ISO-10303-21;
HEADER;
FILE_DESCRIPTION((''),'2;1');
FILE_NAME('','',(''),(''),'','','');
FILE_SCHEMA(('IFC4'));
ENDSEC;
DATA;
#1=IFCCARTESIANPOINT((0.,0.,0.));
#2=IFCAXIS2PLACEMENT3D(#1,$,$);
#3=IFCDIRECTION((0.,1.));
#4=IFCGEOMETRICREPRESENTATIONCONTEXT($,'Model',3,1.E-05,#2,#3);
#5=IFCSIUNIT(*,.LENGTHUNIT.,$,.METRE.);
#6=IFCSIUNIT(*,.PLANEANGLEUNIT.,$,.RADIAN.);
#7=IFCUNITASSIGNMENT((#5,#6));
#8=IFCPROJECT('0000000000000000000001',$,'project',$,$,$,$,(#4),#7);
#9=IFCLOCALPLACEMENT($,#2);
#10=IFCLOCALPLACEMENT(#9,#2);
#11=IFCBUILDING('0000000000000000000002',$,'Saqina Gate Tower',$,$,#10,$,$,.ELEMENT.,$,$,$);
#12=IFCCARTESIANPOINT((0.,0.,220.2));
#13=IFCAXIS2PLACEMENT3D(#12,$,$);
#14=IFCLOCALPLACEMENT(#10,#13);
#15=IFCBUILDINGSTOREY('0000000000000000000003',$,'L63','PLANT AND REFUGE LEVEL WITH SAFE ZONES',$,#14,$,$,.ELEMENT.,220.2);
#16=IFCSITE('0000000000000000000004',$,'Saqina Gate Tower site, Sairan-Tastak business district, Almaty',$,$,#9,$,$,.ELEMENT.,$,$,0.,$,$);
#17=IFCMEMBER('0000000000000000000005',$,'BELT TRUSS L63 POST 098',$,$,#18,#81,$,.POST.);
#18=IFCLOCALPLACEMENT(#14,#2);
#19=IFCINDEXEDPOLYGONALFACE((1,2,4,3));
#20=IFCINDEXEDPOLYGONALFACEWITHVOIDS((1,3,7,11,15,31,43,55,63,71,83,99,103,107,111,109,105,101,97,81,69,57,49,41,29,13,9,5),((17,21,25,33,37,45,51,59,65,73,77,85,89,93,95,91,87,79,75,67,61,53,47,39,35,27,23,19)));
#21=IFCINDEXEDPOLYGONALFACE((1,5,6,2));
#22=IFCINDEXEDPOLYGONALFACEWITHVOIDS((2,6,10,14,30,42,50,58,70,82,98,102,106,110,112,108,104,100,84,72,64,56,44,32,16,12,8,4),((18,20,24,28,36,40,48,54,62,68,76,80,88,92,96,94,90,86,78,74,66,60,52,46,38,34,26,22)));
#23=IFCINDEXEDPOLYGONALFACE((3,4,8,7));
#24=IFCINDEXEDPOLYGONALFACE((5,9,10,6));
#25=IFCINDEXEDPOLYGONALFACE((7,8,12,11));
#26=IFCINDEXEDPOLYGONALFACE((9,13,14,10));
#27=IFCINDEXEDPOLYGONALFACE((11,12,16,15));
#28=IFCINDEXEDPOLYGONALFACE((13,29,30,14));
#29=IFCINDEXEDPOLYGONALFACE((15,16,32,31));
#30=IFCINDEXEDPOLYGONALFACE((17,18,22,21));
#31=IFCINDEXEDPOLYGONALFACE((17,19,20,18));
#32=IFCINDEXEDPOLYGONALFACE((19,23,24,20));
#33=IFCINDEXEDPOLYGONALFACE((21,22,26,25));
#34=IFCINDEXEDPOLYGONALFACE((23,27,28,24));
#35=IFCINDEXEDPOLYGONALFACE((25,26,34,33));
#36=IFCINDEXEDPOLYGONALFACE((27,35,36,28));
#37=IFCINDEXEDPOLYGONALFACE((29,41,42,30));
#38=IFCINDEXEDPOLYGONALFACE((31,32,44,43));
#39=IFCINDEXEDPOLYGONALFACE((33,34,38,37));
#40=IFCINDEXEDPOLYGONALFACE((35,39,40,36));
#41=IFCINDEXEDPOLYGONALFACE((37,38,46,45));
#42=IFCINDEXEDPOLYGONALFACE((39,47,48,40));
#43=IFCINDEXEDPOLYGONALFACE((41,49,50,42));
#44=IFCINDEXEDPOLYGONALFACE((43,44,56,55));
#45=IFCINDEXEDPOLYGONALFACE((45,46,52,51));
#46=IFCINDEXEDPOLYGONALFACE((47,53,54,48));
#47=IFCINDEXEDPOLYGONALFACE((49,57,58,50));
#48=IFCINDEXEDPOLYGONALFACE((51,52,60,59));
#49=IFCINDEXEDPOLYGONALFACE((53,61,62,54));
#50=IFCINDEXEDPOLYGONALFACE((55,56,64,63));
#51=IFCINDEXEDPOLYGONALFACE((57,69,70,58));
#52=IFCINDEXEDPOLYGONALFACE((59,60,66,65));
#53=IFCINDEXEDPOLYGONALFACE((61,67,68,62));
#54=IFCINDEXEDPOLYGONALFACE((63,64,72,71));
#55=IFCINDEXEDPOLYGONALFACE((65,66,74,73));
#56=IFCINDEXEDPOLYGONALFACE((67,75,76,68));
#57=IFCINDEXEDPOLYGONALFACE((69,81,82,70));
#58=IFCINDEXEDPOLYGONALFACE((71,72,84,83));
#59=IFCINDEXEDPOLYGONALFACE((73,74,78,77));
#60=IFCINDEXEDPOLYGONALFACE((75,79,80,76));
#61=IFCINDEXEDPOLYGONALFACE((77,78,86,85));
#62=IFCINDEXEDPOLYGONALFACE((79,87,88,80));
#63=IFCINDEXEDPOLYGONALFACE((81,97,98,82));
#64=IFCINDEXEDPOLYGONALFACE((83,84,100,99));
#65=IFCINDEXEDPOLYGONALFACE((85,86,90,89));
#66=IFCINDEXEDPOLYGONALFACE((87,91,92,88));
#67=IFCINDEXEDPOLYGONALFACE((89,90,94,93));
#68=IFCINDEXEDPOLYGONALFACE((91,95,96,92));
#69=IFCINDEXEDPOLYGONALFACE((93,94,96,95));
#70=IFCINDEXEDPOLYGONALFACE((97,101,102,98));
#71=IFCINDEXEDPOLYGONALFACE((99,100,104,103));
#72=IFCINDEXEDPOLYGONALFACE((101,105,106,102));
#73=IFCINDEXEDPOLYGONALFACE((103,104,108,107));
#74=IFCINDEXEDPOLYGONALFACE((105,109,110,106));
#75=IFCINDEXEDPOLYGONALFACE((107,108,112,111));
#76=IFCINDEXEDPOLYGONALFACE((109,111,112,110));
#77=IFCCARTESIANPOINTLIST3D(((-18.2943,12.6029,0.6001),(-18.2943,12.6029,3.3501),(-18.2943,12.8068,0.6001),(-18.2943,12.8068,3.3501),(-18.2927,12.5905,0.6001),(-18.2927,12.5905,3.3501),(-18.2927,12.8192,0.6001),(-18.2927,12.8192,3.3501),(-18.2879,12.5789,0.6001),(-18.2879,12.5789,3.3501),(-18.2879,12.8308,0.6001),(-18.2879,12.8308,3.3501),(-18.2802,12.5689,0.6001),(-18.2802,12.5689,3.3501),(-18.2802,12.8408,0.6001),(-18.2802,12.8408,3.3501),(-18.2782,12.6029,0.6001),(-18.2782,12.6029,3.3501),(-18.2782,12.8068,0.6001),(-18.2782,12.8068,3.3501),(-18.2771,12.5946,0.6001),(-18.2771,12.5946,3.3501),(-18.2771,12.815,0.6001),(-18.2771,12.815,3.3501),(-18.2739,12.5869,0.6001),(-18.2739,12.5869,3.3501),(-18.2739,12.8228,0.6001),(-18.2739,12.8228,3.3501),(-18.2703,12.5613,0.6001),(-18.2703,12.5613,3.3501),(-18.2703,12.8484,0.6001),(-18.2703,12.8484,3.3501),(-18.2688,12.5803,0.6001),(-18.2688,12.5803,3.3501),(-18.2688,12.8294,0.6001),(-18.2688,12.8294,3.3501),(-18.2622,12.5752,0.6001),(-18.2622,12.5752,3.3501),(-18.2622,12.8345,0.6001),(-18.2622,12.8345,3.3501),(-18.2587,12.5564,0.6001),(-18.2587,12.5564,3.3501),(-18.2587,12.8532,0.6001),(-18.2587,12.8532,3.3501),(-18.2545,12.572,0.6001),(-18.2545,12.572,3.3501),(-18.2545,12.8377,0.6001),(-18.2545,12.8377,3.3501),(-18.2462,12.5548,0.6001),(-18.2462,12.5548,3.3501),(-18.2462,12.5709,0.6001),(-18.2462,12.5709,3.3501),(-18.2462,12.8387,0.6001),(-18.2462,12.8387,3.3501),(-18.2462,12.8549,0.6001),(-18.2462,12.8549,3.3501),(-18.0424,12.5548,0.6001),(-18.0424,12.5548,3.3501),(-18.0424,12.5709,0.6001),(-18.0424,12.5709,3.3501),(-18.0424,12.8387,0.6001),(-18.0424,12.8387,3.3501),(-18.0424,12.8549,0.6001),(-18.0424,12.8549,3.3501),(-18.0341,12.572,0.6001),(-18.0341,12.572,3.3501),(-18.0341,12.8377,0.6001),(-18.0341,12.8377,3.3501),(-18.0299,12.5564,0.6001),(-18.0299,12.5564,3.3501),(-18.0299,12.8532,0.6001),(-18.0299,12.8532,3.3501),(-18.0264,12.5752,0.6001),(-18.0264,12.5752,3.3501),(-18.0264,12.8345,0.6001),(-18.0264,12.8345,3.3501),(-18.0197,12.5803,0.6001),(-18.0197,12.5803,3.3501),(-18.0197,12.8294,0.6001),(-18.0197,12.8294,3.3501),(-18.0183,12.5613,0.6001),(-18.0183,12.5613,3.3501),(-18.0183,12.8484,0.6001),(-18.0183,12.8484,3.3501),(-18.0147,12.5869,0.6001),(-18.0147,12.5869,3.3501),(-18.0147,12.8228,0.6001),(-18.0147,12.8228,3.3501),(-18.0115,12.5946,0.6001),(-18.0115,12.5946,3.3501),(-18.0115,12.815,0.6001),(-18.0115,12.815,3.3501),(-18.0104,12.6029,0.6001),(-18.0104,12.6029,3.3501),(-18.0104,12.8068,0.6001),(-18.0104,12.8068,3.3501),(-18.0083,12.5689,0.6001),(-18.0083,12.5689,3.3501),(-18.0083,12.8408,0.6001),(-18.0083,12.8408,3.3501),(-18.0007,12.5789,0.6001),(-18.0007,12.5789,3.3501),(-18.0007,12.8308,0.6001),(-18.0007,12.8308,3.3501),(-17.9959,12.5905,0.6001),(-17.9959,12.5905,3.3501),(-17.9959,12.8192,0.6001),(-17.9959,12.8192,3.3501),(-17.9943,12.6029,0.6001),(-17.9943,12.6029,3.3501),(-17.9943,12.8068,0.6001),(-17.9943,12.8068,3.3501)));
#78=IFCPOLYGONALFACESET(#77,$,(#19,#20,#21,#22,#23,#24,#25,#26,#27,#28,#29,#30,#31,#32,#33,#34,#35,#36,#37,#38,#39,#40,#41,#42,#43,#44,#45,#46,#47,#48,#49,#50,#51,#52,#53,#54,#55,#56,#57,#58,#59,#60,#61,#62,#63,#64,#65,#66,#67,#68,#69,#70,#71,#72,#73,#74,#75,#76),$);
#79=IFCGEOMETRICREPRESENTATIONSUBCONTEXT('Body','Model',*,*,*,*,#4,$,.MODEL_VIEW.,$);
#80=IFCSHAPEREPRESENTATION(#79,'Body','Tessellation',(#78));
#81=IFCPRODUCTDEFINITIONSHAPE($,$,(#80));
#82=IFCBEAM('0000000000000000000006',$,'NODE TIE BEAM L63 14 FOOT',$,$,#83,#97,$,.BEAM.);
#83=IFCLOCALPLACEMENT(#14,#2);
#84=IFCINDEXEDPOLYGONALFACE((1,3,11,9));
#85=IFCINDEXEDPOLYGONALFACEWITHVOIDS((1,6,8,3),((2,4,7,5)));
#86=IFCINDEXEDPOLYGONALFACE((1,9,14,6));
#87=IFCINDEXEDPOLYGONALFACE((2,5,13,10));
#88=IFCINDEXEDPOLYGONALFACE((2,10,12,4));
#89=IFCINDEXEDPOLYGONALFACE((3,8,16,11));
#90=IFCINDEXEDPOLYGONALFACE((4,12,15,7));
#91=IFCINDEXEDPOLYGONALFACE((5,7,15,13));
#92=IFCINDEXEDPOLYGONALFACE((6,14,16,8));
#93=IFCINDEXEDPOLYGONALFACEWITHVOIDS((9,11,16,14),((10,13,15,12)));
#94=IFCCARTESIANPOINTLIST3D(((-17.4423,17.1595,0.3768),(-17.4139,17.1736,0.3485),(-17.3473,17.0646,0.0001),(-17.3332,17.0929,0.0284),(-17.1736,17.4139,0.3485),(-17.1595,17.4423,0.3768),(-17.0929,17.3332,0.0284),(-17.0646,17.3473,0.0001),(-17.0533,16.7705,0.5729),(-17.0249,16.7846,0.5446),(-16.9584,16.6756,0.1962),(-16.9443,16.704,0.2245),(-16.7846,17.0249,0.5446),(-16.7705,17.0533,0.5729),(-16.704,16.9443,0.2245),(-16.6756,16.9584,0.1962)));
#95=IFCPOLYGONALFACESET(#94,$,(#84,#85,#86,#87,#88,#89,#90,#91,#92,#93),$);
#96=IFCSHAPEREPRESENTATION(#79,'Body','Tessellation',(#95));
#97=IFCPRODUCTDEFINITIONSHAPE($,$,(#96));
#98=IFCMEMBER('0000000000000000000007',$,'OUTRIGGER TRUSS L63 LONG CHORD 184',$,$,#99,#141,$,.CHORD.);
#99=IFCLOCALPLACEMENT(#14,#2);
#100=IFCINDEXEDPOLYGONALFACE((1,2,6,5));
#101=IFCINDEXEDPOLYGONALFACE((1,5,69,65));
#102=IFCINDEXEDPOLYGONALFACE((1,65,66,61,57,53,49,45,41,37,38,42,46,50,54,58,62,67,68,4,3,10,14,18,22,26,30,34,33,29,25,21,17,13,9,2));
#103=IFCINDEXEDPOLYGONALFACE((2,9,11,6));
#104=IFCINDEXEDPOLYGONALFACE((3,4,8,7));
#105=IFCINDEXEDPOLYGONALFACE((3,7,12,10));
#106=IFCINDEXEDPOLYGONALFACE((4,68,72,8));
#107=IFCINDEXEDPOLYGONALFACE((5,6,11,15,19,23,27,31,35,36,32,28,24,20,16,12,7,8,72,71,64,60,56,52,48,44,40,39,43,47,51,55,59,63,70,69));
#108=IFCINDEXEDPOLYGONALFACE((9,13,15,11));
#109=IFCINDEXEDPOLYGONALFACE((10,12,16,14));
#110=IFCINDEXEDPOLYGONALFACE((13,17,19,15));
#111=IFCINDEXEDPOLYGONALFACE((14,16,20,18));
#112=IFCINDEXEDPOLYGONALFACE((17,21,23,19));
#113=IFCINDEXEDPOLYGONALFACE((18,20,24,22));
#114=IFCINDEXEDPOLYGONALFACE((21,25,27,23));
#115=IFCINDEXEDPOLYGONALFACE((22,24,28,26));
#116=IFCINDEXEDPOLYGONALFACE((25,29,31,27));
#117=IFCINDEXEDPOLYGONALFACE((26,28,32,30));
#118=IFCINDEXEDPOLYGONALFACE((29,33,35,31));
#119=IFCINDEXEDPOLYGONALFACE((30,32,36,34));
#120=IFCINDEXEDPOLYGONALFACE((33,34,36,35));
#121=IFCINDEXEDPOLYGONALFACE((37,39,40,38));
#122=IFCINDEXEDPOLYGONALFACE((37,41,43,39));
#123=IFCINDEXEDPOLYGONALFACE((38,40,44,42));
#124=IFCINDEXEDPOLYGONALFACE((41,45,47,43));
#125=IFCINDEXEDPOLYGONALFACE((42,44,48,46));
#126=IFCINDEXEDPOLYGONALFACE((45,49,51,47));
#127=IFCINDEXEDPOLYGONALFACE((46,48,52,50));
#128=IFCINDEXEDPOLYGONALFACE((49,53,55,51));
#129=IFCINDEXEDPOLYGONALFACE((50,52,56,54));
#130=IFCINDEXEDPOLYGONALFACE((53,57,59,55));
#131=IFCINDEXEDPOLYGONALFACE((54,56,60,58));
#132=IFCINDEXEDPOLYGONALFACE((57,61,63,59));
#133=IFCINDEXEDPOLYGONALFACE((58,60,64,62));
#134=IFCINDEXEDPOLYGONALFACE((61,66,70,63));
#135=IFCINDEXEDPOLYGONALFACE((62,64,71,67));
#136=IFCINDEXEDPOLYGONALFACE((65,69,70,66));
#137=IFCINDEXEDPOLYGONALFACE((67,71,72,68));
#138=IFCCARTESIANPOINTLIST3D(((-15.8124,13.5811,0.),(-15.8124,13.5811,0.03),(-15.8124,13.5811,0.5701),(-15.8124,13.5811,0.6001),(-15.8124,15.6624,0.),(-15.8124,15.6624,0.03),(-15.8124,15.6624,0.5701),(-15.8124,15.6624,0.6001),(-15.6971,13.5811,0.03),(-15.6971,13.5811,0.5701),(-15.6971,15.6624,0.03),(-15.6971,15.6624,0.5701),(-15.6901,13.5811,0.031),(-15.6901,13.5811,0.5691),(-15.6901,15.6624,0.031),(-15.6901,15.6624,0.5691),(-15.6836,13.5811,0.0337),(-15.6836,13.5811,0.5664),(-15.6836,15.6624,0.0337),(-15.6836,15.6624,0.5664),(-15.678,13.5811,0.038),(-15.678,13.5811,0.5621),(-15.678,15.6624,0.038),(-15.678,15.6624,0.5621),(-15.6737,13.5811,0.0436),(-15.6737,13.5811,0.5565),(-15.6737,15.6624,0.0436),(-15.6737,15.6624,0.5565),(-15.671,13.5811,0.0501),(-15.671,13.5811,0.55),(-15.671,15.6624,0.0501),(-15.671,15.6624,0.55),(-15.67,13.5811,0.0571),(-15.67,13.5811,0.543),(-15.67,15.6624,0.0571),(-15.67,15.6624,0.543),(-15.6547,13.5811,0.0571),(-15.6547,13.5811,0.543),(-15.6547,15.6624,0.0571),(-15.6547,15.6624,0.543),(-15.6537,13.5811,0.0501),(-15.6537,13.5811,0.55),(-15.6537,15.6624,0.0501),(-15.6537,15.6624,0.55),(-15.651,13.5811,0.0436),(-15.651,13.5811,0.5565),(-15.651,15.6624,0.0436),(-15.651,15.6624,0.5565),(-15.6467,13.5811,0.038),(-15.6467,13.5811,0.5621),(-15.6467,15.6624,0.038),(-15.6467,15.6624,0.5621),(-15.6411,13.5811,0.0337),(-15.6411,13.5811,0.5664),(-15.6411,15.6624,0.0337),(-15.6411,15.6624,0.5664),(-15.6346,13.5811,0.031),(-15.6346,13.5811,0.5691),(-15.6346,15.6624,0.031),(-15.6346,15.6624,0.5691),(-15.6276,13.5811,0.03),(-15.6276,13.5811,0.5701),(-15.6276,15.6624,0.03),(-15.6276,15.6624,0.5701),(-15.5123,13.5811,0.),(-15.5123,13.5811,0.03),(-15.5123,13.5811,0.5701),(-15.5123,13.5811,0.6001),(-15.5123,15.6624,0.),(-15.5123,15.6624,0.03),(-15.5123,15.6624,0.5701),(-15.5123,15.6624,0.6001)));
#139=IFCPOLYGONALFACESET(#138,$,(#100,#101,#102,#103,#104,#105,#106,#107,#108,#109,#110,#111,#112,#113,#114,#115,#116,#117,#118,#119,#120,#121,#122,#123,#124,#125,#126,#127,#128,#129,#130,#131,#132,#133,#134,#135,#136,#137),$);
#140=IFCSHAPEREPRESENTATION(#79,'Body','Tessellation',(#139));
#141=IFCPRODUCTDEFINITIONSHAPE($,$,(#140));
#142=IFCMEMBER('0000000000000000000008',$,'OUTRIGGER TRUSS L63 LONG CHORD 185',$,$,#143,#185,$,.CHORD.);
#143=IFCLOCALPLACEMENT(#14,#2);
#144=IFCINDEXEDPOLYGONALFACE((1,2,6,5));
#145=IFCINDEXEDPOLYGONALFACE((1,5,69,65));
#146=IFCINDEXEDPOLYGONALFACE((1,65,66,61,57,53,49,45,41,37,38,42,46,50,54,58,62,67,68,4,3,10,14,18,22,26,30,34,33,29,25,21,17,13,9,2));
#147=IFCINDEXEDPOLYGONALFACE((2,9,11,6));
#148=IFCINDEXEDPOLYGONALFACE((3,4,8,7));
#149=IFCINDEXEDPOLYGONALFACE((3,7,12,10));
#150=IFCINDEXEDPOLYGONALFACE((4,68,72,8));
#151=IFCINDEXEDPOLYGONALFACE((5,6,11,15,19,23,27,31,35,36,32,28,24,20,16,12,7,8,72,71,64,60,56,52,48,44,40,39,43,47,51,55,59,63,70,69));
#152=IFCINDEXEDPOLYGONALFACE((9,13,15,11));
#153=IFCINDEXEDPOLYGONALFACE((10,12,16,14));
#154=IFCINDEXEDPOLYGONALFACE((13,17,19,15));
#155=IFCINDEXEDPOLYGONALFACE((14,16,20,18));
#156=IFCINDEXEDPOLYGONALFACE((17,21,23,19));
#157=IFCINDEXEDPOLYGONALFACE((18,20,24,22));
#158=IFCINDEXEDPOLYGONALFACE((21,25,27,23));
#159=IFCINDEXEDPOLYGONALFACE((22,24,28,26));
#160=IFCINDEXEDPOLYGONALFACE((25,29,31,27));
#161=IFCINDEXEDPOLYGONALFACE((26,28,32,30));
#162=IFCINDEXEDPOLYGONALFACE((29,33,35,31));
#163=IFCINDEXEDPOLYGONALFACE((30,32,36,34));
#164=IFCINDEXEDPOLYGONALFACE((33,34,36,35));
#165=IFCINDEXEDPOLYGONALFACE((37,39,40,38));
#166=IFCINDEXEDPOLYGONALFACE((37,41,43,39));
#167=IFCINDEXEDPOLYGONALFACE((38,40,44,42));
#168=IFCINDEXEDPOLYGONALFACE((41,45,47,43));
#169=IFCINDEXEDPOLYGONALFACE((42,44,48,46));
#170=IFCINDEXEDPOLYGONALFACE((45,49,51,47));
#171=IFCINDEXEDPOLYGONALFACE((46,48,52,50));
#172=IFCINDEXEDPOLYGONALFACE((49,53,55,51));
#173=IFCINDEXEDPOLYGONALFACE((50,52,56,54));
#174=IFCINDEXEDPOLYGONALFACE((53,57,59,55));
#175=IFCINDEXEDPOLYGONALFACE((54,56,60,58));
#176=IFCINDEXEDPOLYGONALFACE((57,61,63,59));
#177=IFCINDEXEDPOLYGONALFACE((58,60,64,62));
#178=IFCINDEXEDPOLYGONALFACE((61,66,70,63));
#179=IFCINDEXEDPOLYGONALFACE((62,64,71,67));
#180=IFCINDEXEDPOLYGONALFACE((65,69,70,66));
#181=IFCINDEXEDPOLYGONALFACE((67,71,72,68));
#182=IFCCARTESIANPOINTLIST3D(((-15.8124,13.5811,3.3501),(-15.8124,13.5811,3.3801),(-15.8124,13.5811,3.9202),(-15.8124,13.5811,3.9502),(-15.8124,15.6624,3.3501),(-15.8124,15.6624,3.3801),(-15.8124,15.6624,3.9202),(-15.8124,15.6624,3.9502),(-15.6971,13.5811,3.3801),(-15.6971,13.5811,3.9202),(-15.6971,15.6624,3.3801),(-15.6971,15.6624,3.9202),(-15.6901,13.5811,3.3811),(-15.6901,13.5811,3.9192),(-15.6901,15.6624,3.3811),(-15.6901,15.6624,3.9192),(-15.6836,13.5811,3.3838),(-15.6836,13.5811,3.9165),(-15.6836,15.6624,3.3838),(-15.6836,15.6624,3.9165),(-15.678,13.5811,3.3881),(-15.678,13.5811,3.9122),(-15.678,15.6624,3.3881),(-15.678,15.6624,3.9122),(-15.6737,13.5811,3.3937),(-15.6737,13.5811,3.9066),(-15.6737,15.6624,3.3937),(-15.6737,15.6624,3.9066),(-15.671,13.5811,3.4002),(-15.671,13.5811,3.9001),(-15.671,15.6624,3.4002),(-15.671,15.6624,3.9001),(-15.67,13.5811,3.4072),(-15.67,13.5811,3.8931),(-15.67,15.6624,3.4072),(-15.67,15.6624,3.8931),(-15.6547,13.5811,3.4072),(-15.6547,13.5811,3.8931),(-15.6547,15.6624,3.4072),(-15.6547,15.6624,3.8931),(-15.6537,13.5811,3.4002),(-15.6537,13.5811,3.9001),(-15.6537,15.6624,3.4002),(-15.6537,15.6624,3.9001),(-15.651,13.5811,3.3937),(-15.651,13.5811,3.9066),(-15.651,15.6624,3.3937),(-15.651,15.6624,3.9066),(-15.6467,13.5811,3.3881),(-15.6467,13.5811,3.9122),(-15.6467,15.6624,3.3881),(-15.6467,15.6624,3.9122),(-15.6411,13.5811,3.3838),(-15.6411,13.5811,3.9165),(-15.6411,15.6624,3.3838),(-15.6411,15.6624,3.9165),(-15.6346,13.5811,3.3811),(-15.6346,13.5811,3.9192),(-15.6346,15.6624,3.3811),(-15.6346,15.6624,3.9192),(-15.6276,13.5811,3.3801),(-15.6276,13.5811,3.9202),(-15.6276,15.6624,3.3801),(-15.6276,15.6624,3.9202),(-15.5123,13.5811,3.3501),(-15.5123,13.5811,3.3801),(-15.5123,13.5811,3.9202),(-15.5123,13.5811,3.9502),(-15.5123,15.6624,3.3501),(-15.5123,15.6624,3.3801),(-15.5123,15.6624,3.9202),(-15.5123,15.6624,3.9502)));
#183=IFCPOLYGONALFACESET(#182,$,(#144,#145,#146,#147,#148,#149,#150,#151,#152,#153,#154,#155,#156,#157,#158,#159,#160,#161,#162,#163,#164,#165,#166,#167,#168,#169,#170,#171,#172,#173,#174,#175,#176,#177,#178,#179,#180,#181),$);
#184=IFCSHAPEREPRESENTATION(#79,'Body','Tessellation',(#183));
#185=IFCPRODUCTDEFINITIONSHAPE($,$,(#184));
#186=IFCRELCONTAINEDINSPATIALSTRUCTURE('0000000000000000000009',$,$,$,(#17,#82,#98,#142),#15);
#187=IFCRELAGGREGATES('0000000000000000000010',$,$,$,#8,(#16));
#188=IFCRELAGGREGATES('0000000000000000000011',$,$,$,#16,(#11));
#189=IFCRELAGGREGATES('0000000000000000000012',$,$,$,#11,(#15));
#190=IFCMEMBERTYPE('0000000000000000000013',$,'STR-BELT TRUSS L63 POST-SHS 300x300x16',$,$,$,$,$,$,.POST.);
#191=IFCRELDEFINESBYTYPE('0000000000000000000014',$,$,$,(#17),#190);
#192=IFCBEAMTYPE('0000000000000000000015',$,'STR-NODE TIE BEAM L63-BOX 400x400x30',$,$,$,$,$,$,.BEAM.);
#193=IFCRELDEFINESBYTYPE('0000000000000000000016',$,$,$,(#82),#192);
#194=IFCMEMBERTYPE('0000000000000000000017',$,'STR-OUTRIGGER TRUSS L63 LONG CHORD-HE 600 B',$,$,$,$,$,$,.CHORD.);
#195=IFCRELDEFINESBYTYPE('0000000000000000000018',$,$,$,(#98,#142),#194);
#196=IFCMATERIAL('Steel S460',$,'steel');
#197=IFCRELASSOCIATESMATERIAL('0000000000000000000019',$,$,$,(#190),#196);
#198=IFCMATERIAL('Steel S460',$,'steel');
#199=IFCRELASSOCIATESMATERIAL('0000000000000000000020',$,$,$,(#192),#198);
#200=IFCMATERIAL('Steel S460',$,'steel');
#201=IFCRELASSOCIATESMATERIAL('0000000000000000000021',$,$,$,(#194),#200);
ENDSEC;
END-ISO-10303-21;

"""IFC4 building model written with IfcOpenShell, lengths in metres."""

from ifc_helpers import new_model, si_unit, direction, frame, origin, origin_2d, place, context, subcontext, project, spatial, hollow_rectangle, i_section, extrude, material, material_profile, profile_set, type_object, element, save


model = new_model("IFC4")

# Units and contexts
model_context = context("Model", 3, precision=1e-05, world=origin(), true_north=direction((0.0, 1.0)))
body_context = subcontext(model_context, "Body", "Model", "MODEL_VIEW")
ifc_project = project(units=[si_unit("LENGTHUNIT", "METRE"), si_unit("PLANEANGLEUNIT", "RADIAN")], contexts=[model_context])

# Site, building, storey
site_placement = place(None, origin())
site = spatial("IfcSite", under=ifc_project, at=site_placement, Name="Saqina Gate Tower site, Sairan-Tastak business district, Almaty", CompositionType="ELEMENT", RefElevation=0.0)
building_placement = place(site_placement, origin())
building = spatial("IfcBuilding", under=site, at=building_placement, Name="Saqina Gate Tower", CompositionType="ELEMENT")
storey_placement = place(building_placement, frame((0.0, 0.0, 220.2)))
storey = spatial("IfcBuildingStorey", under=building, at=storey_placement, Name="L63", Description="PLANT AND REFUGE LEVEL WITH SAFE ZONES", CompositionType="ELEMENT", Elevation=220.2)

# Member
ifc_material_1 = material(Name="Steel S460", Category="steel")
ifc_material_profile_1 = material_profile(ifc_material_1, hollow_rectangle(XDim=0.3, YDim=0.3, WallThickness=0.0161, InnerFilletRadius=0.032, OuterFilletRadius=0.0481, at=origin_2d()), Name="SHS 300x300x16")
ifc_profile_set_1 = profile_set([ifc_material_profile_1], Name="Steel S460")
member_type_1 = type_object("IfcMemberType", Name="STR-BELT TRUSS L63 POST-SHS 300x300x16", PredefinedType="POST", material=ifc_profile_set_1)
for number, where, z_axis, x_axis, name in (
    (1, (-18.1443, 12.7048, 0.6001), (0.0, 0.0, 1.0), (1.0, 0.0, 0.0), "BELT TRUSS L63 POST 098"),
):
    element("IfcMember", number, at=place(storey_placement, frame(where, z_axis=z_axis, x_axis=x_axis)), inside=storey, type_object=member_type_1, Name=name, PredefinedType="POST", context=body_context, shape_type="SweptSolid", body=[
        extrude(hollow_rectangle(XDim=0.3, YDim=0.3, WallThickness=0.0161, InnerFilletRadius=0.032, OuterFilletRadius=0.0481, at=origin_2d()), origin(), (0.0, 0.0, 1.0), 2.75),
    ])

# Beam
ifc_material_2 = material(Name="Steel S460", Category="steel")
ifc_material_profile_2 = material_profile(ifc_material_2, hollow_rectangle(XDim=0.3999, YDim=0.3999, WallThickness=0.03, at=origin_2d()), Name="BOX 400x400x30")
ifc_profile_set_2 = profile_set([ifc_material_profile_2], Name="Steel S460")
beam_type = type_object("IfcBeamType", Name="STR-NODE TIE BEAM L63-BOX 400x400x30", PredefinedType="BEAM", material=ifc_profile_set_2)
beam_placement = place(storey_placement, frame((-17.2534, 17.2534, 0.1885), z_axis=(0.666061, -0.666061, 0.335748), x_axis=(0.707107, 0.707107, 0.0)))
element("IfcBeam", 2, at=beam_placement, inside=storey, type_object=beam_type, Name="NODE TIE BEAM L63 14 FOOT", PredefinedType="BEAM", context=body_context, shape_type="SweptSolid", body=[
    extrude(hollow_rectangle(XDim=0.3999, YDim=0.3999, WallThickness=0.03, at=origin_2d()), origin(), (0.0, 0.0, 1.0), 0.584),
])

# Members
ifc_material_3 = material(Name="Steel S460", Category="steel")
ifc_material_profile_3 = material_profile(ifc_material_3, i_section(OverallWidth=0.3, OverallDepth=0.6001, WebThickness=0.0154, FlangeThickness=0.03, FilletRadius=0.0271, at=origin_2d()), Name="HE 600 B")
ifc_profile_set_3 = profile_set([ifc_material_profile_3], Name="Steel S460")
member_type_2 = type_object("IfcMemberType", Name="STR-OUTRIGGER TRUSS L63 LONG CHORD-HE 600 B", PredefinedType="CHORD", material=ifc_profile_set_3)
for number, where, z_axis, x_axis, name in (
    (3, (-15.6624, 13.5811, 0.3), (0.0, 1.0, 0.0), (-1.0, 0.0, 0.0), "OUTRIGGER TRUSS L63 LONG CHORD 184"),
    (4, (-15.6624, 13.5811, 3.6501), (0.0, 1.0, 0.0), (-1.0, 0.0, 0.0), "OUTRIGGER TRUSS L63 LONG CHORD 185"),
):
    element("IfcMember", number, at=place(storey_placement, frame(where, z_axis=z_axis, x_axis=x_axis)), inside=storey, type_object=member_type_2, Name=name, PredefinedType="CHORD", context=body_context, shape_type="SweptSolid", body=[
        extrude(i_section(OverallWidth=0.3, OverallDepth=0.6001, WebThickness=0.0154, FlangeThickness=0.03, FilletRadius=0.0271, at=origin_2d()), origin(), (0.0, 0.0, 1.0), 2.0813),
    ])

save(model, "model.ifc")
